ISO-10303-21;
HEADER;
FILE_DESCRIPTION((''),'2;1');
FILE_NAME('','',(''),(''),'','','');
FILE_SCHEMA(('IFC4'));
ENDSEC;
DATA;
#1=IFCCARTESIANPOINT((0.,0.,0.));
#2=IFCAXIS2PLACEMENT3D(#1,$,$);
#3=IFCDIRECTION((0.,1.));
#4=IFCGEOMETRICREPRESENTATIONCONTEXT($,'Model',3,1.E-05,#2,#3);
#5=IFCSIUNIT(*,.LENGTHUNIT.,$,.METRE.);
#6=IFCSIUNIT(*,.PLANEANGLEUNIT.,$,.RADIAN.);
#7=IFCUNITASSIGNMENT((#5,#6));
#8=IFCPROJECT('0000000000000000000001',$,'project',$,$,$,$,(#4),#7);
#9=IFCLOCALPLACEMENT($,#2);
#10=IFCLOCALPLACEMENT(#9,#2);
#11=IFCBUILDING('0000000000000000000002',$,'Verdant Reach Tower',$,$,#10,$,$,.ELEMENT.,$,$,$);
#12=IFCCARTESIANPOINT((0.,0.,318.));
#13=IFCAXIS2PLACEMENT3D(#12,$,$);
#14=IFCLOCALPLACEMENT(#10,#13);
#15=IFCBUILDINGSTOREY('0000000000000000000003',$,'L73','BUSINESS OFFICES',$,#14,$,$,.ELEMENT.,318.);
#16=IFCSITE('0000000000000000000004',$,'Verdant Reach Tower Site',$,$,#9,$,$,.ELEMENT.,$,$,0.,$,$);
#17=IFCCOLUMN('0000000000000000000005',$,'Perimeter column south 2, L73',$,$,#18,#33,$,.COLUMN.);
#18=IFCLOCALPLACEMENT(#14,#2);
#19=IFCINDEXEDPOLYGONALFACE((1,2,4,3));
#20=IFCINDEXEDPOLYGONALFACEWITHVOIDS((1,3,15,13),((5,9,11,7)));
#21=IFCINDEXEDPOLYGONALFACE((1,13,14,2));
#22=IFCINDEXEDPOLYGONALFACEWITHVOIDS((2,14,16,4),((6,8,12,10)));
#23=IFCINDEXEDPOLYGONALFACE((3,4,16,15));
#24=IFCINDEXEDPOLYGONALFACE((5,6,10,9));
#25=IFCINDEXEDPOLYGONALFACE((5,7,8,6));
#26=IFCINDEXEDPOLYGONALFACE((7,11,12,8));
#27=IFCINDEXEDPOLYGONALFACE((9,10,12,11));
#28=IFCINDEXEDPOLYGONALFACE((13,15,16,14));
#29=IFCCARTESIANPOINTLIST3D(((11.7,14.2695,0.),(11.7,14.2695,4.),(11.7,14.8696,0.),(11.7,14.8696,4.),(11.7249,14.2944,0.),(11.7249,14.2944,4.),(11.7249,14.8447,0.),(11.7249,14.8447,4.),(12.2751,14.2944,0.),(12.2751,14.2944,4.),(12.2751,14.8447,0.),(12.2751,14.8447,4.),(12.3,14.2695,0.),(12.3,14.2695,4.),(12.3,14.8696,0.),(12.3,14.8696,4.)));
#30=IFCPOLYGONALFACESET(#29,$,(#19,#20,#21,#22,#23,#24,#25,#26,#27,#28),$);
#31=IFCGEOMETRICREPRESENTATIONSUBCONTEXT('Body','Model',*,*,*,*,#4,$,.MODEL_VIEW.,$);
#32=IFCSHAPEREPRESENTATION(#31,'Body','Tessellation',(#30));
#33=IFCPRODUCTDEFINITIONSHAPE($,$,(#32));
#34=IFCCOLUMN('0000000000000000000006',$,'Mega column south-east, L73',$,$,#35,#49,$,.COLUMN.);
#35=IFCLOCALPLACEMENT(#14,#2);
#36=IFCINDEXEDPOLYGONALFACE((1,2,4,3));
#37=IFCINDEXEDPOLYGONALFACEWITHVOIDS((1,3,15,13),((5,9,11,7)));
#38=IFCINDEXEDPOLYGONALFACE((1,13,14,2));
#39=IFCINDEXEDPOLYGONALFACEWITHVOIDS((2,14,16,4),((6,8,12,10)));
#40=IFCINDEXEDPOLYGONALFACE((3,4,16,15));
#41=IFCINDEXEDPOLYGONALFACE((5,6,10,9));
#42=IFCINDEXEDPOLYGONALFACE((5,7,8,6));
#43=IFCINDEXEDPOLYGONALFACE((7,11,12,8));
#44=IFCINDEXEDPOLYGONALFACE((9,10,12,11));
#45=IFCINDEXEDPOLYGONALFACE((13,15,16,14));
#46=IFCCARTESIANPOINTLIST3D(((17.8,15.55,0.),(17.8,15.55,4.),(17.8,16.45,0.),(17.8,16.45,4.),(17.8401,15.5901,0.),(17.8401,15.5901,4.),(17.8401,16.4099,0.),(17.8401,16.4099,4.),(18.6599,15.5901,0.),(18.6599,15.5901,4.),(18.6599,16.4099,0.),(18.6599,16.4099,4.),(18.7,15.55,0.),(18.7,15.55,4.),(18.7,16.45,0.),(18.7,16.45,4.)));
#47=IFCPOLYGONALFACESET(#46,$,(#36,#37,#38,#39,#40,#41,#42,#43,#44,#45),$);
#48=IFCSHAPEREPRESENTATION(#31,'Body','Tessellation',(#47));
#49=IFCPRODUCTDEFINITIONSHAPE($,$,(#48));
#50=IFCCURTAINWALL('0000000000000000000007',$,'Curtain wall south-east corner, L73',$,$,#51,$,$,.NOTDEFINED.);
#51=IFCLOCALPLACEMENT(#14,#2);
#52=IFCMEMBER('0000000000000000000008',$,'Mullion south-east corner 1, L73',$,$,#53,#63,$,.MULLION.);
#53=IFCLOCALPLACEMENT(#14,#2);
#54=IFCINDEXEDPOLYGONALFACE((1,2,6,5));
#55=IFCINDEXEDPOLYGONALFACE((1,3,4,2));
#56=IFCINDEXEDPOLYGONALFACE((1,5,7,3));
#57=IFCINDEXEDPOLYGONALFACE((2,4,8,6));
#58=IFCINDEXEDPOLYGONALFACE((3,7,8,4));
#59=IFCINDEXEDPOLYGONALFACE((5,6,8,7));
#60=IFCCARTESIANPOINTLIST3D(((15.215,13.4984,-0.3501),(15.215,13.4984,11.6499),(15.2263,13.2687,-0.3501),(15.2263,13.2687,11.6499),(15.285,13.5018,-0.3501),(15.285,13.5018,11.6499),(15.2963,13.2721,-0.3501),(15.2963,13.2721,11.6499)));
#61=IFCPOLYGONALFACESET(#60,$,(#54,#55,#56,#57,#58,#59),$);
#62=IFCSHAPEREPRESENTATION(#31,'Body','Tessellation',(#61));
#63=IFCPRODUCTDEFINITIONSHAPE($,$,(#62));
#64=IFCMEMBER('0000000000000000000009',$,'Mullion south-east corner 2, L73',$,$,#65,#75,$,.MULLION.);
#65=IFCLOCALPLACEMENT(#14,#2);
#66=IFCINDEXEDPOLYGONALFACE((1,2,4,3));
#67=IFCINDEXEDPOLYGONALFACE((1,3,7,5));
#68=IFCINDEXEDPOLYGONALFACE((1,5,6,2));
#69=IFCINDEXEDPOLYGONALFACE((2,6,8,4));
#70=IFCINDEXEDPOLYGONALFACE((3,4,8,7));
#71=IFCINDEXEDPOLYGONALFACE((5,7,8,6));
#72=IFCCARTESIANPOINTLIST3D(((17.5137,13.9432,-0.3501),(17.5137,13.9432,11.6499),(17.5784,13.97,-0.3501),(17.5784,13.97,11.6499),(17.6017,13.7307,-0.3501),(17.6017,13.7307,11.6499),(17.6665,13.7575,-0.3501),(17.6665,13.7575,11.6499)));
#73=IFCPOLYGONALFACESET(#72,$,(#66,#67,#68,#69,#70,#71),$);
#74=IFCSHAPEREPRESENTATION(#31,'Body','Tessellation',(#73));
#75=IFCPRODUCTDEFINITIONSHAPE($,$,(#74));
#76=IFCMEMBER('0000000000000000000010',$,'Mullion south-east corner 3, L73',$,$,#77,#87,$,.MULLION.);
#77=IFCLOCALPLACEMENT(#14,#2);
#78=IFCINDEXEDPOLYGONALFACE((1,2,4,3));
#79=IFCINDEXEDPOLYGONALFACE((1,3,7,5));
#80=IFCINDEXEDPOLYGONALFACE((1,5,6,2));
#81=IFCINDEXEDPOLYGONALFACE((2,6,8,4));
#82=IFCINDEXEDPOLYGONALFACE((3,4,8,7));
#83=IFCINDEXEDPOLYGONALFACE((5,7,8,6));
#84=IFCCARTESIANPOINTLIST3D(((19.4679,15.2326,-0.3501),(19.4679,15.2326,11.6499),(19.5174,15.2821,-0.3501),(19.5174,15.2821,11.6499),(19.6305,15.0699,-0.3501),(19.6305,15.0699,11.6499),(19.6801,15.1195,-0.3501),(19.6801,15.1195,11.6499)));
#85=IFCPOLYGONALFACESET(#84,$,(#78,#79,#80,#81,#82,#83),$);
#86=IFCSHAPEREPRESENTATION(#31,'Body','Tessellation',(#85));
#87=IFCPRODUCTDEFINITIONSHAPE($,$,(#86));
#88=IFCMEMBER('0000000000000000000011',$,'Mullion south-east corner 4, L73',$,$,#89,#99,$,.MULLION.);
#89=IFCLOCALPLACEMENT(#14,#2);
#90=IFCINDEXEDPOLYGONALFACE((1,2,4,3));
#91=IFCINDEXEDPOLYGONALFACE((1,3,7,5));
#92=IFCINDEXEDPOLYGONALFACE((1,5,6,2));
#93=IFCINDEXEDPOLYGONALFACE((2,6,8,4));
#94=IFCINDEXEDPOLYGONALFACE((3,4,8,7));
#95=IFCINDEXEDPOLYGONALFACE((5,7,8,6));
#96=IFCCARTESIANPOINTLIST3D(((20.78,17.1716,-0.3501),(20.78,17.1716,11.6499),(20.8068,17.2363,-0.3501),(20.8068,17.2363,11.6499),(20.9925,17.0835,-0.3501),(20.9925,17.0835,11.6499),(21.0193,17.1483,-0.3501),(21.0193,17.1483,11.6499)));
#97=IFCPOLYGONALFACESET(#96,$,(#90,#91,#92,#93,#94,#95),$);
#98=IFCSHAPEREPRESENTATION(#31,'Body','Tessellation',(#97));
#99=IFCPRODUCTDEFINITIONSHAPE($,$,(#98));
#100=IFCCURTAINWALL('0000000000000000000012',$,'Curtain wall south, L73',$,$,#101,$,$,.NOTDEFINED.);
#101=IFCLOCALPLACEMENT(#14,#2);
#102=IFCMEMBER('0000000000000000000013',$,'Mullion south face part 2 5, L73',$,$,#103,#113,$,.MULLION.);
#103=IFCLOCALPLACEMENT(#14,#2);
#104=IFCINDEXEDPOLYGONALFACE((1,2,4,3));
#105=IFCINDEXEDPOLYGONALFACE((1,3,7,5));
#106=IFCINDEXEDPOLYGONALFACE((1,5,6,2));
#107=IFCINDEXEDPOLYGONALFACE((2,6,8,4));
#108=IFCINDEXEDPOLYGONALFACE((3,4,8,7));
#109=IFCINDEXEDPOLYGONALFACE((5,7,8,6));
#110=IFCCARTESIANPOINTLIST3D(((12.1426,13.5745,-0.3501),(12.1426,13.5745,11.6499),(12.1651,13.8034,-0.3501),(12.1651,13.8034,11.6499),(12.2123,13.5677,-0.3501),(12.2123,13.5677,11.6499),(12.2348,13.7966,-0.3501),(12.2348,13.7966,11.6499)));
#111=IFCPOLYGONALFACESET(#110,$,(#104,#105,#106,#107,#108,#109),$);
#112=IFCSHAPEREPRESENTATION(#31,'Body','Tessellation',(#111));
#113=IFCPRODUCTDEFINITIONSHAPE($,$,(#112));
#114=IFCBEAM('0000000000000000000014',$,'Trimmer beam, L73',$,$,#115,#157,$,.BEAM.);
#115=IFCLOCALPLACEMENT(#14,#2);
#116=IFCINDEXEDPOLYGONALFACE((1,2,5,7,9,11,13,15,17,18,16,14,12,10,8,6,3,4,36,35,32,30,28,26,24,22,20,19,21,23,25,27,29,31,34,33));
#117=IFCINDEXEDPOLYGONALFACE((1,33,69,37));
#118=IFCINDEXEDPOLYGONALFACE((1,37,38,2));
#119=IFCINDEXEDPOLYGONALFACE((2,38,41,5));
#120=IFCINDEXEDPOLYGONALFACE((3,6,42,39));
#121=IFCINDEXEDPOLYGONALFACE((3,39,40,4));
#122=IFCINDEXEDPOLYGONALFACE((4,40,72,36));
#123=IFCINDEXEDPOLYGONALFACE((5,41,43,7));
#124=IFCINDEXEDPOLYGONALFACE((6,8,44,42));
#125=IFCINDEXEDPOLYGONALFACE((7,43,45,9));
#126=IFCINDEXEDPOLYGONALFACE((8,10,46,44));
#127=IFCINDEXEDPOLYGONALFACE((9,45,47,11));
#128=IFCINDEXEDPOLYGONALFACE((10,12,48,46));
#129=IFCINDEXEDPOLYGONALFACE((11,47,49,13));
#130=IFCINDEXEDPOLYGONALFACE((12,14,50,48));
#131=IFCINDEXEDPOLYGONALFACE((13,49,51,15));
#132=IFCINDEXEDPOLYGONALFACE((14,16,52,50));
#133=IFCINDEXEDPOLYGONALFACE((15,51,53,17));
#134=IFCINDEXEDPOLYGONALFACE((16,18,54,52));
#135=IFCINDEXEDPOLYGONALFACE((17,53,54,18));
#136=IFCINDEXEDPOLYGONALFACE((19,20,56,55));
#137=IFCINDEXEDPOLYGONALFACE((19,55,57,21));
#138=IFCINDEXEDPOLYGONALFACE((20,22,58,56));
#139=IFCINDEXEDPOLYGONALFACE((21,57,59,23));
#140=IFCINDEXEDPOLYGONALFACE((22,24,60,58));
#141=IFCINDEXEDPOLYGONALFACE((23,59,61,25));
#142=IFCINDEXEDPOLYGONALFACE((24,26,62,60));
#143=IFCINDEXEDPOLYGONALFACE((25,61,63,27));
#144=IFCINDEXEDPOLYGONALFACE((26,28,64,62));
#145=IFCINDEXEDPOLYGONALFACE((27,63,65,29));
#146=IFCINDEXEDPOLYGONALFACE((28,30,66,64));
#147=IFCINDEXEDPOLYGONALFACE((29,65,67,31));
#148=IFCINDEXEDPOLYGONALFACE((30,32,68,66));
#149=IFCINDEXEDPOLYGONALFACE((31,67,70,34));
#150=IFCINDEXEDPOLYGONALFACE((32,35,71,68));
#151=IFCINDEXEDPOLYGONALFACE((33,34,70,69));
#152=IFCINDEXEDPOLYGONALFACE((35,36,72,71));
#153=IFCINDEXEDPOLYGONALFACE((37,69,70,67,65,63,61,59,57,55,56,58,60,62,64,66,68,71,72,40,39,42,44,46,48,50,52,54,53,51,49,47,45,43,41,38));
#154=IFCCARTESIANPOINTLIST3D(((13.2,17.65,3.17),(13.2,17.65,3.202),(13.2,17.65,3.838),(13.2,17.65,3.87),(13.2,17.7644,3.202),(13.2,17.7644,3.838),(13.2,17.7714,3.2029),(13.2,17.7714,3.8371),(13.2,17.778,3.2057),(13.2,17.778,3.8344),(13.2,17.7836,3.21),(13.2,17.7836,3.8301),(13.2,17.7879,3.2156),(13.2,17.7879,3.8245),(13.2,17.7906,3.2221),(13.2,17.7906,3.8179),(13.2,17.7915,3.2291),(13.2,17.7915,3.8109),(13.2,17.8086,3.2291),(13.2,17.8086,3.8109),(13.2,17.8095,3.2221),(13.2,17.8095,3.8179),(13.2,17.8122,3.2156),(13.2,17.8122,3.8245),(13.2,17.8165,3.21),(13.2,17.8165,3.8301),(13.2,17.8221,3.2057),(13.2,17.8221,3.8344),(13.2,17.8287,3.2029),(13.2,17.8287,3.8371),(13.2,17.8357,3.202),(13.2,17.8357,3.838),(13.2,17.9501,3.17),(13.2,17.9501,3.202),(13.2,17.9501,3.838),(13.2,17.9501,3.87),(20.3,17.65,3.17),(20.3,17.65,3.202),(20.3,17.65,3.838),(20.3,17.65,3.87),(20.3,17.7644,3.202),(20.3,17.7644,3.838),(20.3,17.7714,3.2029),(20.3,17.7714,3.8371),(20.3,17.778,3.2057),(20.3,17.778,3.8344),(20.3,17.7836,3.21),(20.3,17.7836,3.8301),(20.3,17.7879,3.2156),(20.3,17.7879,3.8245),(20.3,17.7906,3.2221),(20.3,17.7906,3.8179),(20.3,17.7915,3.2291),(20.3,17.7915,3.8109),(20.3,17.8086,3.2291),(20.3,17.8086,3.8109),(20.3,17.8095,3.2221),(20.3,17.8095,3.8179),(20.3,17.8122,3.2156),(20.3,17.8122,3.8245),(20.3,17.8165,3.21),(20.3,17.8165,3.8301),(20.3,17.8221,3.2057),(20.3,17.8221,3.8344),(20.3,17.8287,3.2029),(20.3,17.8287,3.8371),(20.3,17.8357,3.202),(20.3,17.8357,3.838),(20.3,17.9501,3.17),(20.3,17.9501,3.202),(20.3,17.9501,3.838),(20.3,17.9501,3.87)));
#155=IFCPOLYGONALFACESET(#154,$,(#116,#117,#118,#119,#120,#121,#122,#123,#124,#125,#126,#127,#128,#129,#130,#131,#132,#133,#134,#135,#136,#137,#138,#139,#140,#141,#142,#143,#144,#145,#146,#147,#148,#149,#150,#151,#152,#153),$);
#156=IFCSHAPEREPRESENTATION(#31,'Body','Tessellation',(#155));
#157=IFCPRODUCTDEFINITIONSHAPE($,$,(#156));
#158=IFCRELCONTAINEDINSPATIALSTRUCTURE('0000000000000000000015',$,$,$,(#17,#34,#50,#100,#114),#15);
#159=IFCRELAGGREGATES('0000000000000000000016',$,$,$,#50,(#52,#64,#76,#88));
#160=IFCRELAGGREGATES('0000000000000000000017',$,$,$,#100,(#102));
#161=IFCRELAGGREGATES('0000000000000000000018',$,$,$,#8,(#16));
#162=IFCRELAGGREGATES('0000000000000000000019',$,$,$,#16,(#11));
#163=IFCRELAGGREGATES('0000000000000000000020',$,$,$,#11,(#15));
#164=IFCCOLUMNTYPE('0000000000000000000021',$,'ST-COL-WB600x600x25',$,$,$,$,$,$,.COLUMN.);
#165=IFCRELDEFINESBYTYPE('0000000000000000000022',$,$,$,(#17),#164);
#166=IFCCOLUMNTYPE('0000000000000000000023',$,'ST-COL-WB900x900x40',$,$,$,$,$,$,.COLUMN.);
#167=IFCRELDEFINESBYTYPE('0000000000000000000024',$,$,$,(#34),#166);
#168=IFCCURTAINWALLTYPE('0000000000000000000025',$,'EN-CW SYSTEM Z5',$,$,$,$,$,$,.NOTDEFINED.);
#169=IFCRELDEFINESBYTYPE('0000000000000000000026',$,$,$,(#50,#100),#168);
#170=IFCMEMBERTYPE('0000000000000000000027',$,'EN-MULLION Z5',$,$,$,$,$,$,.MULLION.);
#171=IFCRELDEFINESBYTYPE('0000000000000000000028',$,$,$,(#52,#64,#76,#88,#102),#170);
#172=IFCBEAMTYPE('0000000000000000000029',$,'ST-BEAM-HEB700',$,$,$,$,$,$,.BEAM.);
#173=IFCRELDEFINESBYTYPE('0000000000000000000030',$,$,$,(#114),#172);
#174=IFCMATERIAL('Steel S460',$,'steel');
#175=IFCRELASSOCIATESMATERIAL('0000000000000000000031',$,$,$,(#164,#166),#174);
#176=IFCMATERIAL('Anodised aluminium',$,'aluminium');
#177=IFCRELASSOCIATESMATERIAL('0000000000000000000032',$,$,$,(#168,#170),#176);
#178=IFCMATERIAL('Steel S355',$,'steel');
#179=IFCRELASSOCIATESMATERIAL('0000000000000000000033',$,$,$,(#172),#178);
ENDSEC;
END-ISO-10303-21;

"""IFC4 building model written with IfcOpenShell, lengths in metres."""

from ifc_helpers import new_model, si_unit, direction, frame, origin, origin_2d, place, context, subcontext, project, spatial, rectangle, hollow_rectangle, i_section, extrude, material, material_profile, profile_set, type_object, element, aggregate, save


model = new_model("IFC4")

# Units and contexts
model_context = context("Model", 3, precision=1e-05, world=origin(), true_north=direction((0.0, 1.0)))
body_context = subcontext(model_context, "Body", "Model", "MODEL_VIEW")
ifc_project = project(units=[si_unit("LENGTHUNIT", "METRE"), si_unit("PLANEANGLEUNIT", "RADIAN")], contexts=[model_context])

# Site, building, storey
site_placement = place(None, origin())
site = spatial("IfcSite", under=ifc_project, at=site_placement, Name="Verdant Reach Tower Site", CompositionType="ELEMENT", RefElevation=0.0)
building_placement = place(site_placement, origin())
building = spatial("IfcBuilding", under=site, at=building_placement, Name="Verdant Reach Tower", CompositionType="ELEMENT")
storey_placement = place(building_placement, frame((0.0, 0.0, 318.0)))
storey = spatial("IfcBuildingStorey", under=building, at=storey_placement, Name="L73", Description="BUSINESS OFFICES", CompositionType="ELEMENT", Elevation=318.0)

# Columns
ifc_material_1 = material(Name="Steel S460", Category="steel")
ifc_material_profile_1 = material_profile(ifc_material_1, hollow_rectangle(XDim=0.6001, YDim=0.6001, WallThickness=0.0249, at=origin_2d()), Name="WB 600x600x25")
ifc_profile_set_1 = profile_set([ifc_material_profile_1], Name="Steel S460")
column_type_1 = type_object("IfcColumnType", Name="ST-COL-WB600x600x25", PredefinedType="COLUMN", material=ifc_profile_set_1)
column_1_placement = place(storey_placement, frame((12.0, 14.5696, 0.0), z_axis=(0.0, 0.0, 1.0), x_axis=(1.0, 0.0, 0.0)))
element("IfcColumn", 1, at=column_1_placement, inside=storey, type_object=column_type_1, Name="Perimeter column south 2, L73", PredefinedType="COLUMN", context=body_context, shape_type="SweptSolid", body=[
    extrude(hollow_rectangle(XDim=0.6001, YDim=0.6001, WallThickness=0.0249, at=origin_2d()), origin(), (0.0, 0.0, 1.0), 4.0),
])
ifc_material_profile_2 = material_profile(ifc_material_1, hollow_rectangle(XDim=0.8999, YDim=0.8999, WallThickness=0.04, at=origin_2d()), Name="WB 900x900x40")
ifc_profile_set_2 = profile_set([ifc_material_profile_2], Name="Steel S460")
column_type_2 = type_object("IfcColumnType", Name="ST-COL-WB900x900x40", PredefinedType="COLUMN", material=ifc_profile_set_2)
column_2_placement = place(storey_placement, frame((18.25, 16.0, 0.0), z_axis=(0.0, 0.0, 1.0), x_axis=(1.0, 0.0, 0.0)))
element("IfcColumn", 2, at=column_2_placement, inside=storey, type_object=column_type_2, Name="Mega column south-east, L73", PredefinedType="COLUMN", context=body_context, shape_type="SweptSolid", body=[
    extrude(hollow_rectangle(XDim=0.8999, YDim=0.8999, WallThickness=0.04, at=origin_2d()), origin(), (0.0, 0.0, 1.0), 4.0),
])

# Curtain wall, members
ifc_material_2 = material(Name="Anodised aluminium", Category="aluminium")
curtain_wall_type = type_object("IfcCurtainWallType", Name="EN-CW SYSTEM Z5", PredefinedType="NOTDEFINED", material=ifc_material_2)
curtain_wall_1_placement = place(storey_placement, origin())
curtain_wall_1 = element("IfcCurtainWall", 3, at=curtain_wall_1_placement, inside=storey, type_object=curtain_wall_type, Name="Curtain wall south-east corner, L73", PredefinedType="NOTDEFINED")
ifc_material_profile_3 = material_profile(ifc_material_2, rectangle(XDim=0.23, YDim=0.0701, at=origin_2d()), Name="Mullion 70x230")
ifc_profile_set_3 = profile_set([ifc_material_profile_3], Name="Anodised aluminium")
member_type = type_object("IfcMemberType", Name="EN-MULLION Z5", PredefinedType="MULLION", material=ifc_profile_set_3)
member_1_placement = place(storey_placement, frame((15.2556, 13.3853, -0.3501), z_axis=(0.0, 0.0, 1.0), x_axis=(0.049128, -0.998793, 0.0)))
member_1 = element("IfcMember", 4, at=member_1_placement, type_object=member_type, Name="Mullion south-east corner 1, L73", PredefinedType="MULLION", context=body_context, shape_type="SweptSolid", body=[
    extrude(rectangle(XDim=0.23, YDim=0.0701, at=origin_2d()), origin(), (0.0, 0.0, 1.0), 12.0),
])
member_2_placement = place(storey_placement, frame((17.5901, 13.8503, -0.3501), z_axis=(0.0, 0.0, 1.0), x_axis=(0.382694, -0.923875, 0.0)))
member_2 = element("IfcMember", 5, at=member_2_placement, type_object=member_type, Name="Mullion south-east corner 2, L73", PredefinedType="MULLION", context=body_context, shape_type="SweptSolid", body=[
    extrude(rectangle(XDim=0.23, YDim=0.0701, at=origin_2d()), origin(), (0.0, 0.0, 1.0), 12.0),
])
member_3_placement = place(storey_placement, frame((19.574, 15.176, -0.3501), z_axis=(0.0, 0.0, 1.0), x_axis=(0.707107, -0.707107, 0.0)))
member_3 = element("IfcMember", 6, at=member_3_placement, type_object=member_type, Name="Mullion south-east corner 3, L73", PredefinedType="MULLION", context=body_context, shape_type="SweptSolid", body=[
    extrude(rectangle(XDim=0.23, YDim=0.0701, at=origin_2d()), origin(), (0.0, 0.0, 1.0), 12.0),
])
member_4_placement = place(storey_placement, frame((20.8997, 17.1599, -0.3501), z_axis=(0.0, 0.0, 1.0), x_axis=(0.923875, -0.382694, 0.0)))
member_4 = element("IfcMember", 7, at=member_4_placement, type_object=member_type, Name="Mullion south-east corner 4, L73", PredefinedType="MULLION", context=body_context, shape_type="SweptSolid", body=[
    extrude(rectangle(XDim=0.23, YDim=0.0701, at=origin_2d()), origin(), (0.0, 0.0, 1.0), 12.0),
])

# Curtain wall, member
curtain_wall_2_placement = place(storey_placement, origin())
curtain_wall_2 = element("IfcCurtainWall", 8, at=curtain_wall_2_placement, inside=storey, type_object=curtain_wall_type, Name="Curtain wall south, L73", PredefinedType="NOTDEFINED")
member_5_placement = place(storey_placement, frame((12.1887, 13.6855, -0.3501), z_axis=(0.0, 0.0, 1.0), x_axis=(-0.097888, -0.995197, 0.0)))
member_5 = element("IfcMember", 9, at=member_5_placement, type_object=member_type, Name="Mullion south face part 2 5, L73", PredefinedType="MULLION", context=body_context, shape_type="SweptSolid", body=[
    extrude(rectangle(XDim=0.23, YDim=0.0701, at=origin_2d()), origin(), (0.0, 0.0, 1.0), 12.0),
])

# Beam
ifc_material_3 = material(Name="Steel S355", Category="steel")
ifc_material_profile_4 = material_profile(ifc_material_3, i_section(OverallWidth=0.3, OverallDepth=0.7, WebThickness=0.0171, FlangeThickness=0.032, FilletRadius=0.0271, at=origin_2d()), Name="HEB 700")
ifc_profile_set_4 = profile_set([ifc_material_profile_4], Name="Steel S355")
beam_type_1 = type_object("IfcBeamType", Name="ST-BEAM-HEB700", PredefinedType="BEAM", material=ifc_profile_set_4)
beam_1_placement = place(storey_placement, frame((13.2, 17.8, 3.52), z_axis=(1.0, 0.0, 0.0), x_axis=(0.0, 1.0, 0.0)))
element("IfcBeam", 10, at=beam_1_placement, inside=storey, type_object=beam_type_1, Name="Trimmer beam, L73", PredefinedType="BEAM", context=body_context, shape_type="SweptSolid", body=[
    extrude(i_section(OverallWidth=0.3, OverallDepth=0.7, WebThickness=0.0171, FlangeThickness=0.032, FilletRadius=0.0271, at=origin_2d()), origin(), (0.0, 0.0, 1.0), 7.1001),
])

aggregate(curtain_wall_1, [member_1, member_2, member_3, member_4])
aggregate(curtain_wall_2, [member_5])

save(model, "model.ifc")
